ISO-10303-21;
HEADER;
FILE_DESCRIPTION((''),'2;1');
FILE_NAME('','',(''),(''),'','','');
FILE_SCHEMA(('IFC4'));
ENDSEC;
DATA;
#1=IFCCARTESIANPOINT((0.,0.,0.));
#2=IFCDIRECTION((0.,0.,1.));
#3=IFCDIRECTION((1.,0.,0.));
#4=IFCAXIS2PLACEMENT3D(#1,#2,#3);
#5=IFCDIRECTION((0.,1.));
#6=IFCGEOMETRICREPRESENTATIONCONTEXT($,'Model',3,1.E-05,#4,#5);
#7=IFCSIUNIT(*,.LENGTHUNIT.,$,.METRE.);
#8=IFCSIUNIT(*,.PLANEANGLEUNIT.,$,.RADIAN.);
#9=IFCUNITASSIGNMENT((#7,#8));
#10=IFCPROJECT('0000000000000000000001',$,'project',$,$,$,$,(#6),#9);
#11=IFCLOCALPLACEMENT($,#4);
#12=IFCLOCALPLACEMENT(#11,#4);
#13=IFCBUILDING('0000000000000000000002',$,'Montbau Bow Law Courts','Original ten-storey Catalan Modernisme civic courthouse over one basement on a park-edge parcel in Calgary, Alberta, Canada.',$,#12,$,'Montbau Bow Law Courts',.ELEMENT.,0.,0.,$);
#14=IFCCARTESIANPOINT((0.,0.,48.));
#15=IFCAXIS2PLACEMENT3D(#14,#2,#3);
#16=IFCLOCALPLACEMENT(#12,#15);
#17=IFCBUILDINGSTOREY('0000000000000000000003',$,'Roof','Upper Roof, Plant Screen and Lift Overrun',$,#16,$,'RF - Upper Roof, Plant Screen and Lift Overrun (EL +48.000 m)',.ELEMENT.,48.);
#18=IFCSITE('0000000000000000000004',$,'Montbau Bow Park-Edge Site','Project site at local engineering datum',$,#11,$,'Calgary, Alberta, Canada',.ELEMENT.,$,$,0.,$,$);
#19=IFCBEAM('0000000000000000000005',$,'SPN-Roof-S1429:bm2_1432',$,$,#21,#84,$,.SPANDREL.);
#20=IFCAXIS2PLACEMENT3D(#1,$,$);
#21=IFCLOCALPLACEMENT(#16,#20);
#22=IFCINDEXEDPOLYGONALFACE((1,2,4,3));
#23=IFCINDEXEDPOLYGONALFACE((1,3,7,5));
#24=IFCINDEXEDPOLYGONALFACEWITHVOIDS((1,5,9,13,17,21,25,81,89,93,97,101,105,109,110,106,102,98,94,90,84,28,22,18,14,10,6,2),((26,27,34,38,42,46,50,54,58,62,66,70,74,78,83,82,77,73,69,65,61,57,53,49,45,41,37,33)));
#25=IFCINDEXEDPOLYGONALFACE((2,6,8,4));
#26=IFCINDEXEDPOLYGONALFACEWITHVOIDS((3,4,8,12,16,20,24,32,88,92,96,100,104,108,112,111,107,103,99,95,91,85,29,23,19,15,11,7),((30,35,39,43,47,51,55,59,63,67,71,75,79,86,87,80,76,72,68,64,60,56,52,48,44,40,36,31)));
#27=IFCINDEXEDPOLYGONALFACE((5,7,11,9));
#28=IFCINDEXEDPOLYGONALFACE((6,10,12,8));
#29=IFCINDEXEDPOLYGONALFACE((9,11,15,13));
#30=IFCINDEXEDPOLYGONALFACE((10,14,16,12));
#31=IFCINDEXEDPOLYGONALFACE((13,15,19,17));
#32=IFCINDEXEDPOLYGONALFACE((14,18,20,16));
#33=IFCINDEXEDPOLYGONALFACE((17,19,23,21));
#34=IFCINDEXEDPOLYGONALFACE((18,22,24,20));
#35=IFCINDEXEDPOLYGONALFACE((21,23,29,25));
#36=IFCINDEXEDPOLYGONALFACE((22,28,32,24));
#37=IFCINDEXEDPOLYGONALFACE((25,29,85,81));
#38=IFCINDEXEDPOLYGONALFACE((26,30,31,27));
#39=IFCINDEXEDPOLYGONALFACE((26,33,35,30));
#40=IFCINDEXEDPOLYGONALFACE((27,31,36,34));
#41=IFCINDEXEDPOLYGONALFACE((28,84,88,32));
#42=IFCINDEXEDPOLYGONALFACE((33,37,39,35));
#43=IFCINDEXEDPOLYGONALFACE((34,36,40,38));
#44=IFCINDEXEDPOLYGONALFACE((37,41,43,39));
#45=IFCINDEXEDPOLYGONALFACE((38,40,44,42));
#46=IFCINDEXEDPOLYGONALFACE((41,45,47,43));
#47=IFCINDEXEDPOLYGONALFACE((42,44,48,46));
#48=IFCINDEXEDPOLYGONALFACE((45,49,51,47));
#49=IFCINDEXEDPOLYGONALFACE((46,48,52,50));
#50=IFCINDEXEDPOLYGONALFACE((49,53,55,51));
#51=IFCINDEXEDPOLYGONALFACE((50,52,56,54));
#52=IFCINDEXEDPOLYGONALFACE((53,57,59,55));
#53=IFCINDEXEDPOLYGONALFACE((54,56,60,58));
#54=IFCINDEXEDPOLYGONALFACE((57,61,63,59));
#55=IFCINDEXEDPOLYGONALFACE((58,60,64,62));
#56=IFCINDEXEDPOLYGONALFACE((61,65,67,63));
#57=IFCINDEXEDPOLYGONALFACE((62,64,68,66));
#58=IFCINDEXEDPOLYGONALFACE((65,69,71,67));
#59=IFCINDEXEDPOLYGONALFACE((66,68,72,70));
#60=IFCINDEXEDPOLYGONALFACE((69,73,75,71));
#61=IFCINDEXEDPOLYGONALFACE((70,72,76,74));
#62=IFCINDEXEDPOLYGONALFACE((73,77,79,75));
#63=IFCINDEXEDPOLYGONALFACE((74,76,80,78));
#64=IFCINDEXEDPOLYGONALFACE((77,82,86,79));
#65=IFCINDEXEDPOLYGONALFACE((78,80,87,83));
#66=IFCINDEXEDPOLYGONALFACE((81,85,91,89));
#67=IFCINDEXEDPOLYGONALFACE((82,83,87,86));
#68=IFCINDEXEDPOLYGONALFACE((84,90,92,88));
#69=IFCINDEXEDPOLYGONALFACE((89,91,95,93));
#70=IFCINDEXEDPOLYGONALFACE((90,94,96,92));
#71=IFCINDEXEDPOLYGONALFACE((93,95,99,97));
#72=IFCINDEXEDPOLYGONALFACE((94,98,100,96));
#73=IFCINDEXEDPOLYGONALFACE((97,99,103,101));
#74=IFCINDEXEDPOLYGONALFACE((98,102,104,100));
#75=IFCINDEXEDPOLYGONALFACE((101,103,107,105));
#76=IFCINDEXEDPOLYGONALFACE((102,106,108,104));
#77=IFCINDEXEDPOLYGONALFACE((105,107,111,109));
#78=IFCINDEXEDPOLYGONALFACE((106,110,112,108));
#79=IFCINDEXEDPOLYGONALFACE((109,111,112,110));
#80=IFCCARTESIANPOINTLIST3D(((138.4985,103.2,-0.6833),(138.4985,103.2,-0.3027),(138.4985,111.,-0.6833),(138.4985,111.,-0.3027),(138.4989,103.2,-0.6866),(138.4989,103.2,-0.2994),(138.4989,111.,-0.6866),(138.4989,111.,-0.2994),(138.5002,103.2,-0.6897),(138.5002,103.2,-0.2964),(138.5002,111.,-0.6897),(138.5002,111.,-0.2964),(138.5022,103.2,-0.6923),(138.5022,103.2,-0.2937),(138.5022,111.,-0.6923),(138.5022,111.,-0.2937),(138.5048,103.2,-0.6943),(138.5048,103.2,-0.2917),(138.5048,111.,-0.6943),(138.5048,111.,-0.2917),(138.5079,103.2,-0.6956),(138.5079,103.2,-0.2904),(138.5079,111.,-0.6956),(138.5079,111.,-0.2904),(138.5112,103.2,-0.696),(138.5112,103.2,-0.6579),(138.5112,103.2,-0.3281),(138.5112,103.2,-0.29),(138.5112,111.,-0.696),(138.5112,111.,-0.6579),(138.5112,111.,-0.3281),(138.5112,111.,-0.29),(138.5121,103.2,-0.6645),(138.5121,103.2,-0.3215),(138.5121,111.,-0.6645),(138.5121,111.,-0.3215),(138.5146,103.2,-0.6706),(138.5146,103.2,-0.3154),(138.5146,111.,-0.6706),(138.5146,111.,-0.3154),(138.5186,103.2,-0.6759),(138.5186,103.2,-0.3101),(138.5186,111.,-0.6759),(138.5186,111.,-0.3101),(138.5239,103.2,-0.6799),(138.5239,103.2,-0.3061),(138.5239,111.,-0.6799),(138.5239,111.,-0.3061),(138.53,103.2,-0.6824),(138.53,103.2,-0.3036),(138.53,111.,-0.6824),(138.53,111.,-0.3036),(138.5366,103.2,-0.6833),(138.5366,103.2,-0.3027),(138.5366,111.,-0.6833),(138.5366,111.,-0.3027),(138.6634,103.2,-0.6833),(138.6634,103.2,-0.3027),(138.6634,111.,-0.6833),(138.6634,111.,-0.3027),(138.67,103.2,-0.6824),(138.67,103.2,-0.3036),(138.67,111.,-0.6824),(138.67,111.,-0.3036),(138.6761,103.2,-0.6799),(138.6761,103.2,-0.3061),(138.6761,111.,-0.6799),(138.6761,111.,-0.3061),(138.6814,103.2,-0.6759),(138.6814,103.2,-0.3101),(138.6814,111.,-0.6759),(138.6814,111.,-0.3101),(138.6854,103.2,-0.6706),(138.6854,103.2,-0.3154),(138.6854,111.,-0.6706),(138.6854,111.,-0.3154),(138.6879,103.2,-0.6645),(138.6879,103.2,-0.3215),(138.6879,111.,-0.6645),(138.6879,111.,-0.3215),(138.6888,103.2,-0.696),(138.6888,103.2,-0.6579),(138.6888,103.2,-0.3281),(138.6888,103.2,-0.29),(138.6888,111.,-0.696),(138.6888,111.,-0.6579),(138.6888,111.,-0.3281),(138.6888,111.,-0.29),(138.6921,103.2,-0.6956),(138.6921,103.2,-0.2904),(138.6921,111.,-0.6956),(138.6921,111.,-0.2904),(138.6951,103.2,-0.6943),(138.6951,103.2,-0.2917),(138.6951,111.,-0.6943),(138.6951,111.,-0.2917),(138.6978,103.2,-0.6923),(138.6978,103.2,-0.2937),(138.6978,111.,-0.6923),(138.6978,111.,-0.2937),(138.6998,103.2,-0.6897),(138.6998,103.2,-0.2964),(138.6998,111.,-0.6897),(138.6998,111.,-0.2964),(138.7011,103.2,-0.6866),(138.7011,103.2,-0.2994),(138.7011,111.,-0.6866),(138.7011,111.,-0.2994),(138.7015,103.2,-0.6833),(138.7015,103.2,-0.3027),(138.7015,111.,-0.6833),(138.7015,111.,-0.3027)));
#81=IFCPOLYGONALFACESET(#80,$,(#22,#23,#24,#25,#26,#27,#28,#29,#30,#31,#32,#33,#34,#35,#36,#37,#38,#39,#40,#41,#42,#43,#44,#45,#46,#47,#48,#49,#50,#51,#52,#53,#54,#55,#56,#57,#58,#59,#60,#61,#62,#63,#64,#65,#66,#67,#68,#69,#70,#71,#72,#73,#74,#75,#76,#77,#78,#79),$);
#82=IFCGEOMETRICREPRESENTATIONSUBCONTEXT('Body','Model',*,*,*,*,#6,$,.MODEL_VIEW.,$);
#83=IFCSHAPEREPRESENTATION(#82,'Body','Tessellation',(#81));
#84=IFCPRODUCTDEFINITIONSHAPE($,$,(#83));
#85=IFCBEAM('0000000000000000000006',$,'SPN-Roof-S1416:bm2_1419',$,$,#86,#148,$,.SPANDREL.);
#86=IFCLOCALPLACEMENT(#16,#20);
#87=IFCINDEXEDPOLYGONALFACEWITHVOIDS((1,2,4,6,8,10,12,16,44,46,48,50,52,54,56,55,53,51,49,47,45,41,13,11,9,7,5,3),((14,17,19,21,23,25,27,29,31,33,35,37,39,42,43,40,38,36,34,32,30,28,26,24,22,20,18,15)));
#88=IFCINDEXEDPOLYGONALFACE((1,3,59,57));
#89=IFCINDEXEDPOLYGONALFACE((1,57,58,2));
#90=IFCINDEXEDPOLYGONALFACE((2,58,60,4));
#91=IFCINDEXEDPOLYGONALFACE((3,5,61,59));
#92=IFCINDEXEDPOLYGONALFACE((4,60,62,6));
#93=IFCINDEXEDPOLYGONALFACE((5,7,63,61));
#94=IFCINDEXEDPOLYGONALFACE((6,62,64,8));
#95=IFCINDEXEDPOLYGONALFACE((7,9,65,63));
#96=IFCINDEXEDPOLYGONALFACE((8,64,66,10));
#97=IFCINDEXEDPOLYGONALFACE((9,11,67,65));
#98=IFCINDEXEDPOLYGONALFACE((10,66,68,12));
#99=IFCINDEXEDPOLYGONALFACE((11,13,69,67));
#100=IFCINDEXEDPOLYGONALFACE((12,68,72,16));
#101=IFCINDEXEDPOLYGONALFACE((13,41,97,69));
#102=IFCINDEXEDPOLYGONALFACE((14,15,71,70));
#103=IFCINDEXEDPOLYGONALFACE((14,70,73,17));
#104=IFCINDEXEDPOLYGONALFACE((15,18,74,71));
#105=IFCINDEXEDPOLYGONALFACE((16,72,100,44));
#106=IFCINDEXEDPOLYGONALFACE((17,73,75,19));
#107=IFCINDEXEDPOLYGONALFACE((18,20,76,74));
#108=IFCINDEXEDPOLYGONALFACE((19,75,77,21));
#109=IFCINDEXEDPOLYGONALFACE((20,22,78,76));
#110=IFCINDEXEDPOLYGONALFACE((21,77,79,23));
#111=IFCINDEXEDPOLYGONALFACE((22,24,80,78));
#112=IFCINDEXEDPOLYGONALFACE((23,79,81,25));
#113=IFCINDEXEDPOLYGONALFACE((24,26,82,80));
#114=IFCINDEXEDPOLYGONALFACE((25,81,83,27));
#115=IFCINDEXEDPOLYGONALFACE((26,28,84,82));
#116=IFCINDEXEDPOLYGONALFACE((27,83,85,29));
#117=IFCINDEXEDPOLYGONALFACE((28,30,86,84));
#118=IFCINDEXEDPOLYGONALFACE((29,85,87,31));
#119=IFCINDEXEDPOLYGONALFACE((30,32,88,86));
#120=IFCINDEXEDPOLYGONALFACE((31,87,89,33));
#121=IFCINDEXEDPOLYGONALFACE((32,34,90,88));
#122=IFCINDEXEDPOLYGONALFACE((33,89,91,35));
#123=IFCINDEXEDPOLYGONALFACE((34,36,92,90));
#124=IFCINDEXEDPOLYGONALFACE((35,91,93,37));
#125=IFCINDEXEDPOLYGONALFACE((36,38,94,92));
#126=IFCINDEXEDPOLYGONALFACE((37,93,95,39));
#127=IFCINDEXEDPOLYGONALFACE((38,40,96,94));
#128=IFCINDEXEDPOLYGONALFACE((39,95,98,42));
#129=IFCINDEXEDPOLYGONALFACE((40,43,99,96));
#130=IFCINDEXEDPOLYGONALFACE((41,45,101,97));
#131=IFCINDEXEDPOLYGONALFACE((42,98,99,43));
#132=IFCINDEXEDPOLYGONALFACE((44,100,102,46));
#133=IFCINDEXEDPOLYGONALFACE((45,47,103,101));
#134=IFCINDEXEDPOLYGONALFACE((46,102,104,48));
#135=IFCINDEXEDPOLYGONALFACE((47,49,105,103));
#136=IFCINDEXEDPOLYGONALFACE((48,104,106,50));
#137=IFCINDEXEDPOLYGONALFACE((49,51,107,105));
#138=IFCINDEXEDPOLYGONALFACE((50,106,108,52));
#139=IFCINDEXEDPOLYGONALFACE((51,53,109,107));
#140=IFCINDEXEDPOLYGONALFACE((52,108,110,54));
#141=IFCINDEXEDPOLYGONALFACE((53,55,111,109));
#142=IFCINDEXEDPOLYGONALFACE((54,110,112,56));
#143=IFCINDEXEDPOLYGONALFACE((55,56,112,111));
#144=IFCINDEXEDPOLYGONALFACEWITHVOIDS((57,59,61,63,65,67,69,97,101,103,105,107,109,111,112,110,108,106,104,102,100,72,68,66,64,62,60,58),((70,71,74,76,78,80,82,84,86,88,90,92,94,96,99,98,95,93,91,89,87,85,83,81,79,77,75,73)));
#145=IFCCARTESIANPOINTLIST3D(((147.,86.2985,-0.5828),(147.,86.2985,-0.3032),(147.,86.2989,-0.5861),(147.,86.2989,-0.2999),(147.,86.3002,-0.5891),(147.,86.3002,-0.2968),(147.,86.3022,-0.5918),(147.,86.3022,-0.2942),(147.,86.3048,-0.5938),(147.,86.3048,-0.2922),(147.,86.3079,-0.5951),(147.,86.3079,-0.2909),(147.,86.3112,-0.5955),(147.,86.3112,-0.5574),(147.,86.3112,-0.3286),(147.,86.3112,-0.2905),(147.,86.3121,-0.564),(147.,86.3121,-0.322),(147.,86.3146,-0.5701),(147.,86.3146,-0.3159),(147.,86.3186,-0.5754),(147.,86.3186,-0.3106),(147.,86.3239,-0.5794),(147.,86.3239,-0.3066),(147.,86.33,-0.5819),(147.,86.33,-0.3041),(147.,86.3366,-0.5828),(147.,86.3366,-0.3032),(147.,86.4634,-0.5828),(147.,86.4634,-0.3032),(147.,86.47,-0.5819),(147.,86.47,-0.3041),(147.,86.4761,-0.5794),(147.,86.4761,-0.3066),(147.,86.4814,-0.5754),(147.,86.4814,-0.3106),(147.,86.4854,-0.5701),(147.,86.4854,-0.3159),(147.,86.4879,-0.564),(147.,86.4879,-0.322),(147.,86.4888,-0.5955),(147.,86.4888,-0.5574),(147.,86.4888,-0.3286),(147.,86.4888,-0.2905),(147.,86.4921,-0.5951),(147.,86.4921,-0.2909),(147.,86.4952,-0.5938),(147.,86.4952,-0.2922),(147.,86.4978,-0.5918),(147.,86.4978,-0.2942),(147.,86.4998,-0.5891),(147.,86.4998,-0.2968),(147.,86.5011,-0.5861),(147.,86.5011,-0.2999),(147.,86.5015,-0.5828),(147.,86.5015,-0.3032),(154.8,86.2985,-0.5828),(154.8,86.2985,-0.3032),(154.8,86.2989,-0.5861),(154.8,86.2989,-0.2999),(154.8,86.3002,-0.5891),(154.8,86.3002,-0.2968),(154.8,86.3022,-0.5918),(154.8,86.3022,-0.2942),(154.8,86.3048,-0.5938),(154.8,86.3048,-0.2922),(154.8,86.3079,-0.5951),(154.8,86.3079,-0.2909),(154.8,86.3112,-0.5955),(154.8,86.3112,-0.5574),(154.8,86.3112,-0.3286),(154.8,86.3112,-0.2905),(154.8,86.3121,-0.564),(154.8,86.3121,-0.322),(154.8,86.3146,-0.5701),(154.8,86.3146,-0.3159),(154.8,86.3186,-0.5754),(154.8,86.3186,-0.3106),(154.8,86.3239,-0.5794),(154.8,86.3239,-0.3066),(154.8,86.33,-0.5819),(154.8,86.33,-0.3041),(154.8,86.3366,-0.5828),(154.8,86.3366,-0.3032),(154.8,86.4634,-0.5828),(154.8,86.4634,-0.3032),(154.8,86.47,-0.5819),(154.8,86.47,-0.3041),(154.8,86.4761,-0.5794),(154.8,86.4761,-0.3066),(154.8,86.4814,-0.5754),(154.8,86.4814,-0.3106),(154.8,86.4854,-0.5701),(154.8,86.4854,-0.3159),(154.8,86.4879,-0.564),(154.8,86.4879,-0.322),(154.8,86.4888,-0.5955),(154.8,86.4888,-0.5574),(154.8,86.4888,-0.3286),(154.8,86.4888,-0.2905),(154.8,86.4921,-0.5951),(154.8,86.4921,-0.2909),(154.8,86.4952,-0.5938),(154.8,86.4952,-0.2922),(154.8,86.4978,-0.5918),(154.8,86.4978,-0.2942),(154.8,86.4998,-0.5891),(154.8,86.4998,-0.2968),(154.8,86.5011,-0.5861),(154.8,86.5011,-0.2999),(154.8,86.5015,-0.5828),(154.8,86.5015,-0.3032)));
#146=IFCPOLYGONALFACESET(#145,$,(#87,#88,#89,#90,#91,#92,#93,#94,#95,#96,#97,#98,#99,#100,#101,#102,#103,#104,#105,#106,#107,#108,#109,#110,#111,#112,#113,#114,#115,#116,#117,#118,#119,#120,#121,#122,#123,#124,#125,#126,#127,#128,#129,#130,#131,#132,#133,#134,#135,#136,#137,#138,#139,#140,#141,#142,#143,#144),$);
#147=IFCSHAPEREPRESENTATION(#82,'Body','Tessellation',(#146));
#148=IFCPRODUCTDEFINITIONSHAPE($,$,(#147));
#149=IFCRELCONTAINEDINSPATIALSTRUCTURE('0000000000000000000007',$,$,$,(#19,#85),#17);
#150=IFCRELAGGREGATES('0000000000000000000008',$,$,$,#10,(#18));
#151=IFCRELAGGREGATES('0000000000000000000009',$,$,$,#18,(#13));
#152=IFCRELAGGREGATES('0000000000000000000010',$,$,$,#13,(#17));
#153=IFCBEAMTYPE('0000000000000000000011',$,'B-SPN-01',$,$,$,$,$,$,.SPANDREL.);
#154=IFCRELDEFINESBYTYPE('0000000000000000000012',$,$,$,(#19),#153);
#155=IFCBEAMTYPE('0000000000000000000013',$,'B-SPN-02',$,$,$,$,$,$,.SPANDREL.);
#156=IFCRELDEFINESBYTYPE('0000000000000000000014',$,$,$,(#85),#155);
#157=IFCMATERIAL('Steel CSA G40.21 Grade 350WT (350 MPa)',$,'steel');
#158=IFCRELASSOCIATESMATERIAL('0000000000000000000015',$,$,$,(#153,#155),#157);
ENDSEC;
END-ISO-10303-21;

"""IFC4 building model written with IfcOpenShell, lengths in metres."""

from ifc_helpers import new_model, si_unit, direction, frame, origin_with_axes, origin_2d_with_axis, place, context, subcontext, project, spatial, hollow_rectangle, extrude, material, material_profile, profile_set, type_object, element, save


model = new_model("IFC4")

# Units and contexts
model_context = context("Model", 3, precision=1e-05, world=origin_with_axes(), true_north=direction((0.0, 1.0)))
body_context = subcontext(model_context, "Body", "Model", "MODEL_VIEW")
ifc_project = project(units=[si_unit("LENGTHUNIT", "METRE"), si_unit("PLANEANGLEUNIT", "RADIAN")], contexts=[model_context])

# Site, building, storey
site_placement = place(None, origin_with_axes())
site = spatial("IfcSite", under=ifc_project, at=site_placement, Name="Montbau Bow Park-Edge Site", Description="Project site at local engineering datum", LongName="Calgary, Alberta, Canada", CompositionType="ELEMENT", RefElevation=0.0)
building_placement = place(site_placement, origin_with_axes())
building = spatial("IfcBuilding", under=site, at=building_placement, Name="Montbau Bow Law Courts", Description="Original ten-storey Catalan Modernisme civic courthouse over one basement on a park-edge parcel in Calgary, Alberta, Canada.", LongName="Montbau Bow Law Courts", CompositionType="ELEMENT", ElevationOfRefHeight=0.0, ElevationOfTerrain=0.0)
storey_placement = place(building_placement, frame((0.0, 0.0, 48.0), z_axis=(0.0, 0.0, 1.0), x_axis=(1.0, 0.0, 0.0)))
storey = spatial("IfcBuildingStorey", under=building, at=storey_placement, Name="Roof", Description="Upper Roof, Plant Screen and Lift Overrun", LongName="RF - Upper Roof, Plant Screen and Lift Overrun (EL +48.000 m)", CompositionType="ELEMENT", Elevation=48.0)

# Beams
ifc_material_1 = material(Name="Steel CSA G40.21 Grade 350WT (350 MPa)", Category="steel")
ifc_material_profile_1 = material_profile(ifc_material_1, hollow_rectangle(XDim=0.203, YDim=0.406, WallThickness=0.0127, InnerFilletRadius=0.0254, OuterFilletRadius=0.0127, at=origin_2d_with_axis()), Name="HSS406X203X13", Category="Main", Priority=0)
ifc_profile_set_1 = profile_set([ifc_material_profile_1], Name="Steel CSA G40.21 Grade 350WT (350 MPa)")
beam_type_1 = type_object("IfcBeamType", Name="B-SPN-01", PredefinedType="SPANDREL", material=ifc_profile_set_1)
beam_1_placement = place(None, frame((138.6, 103.2, 47.507), z_axis=(0.0, 1.0, 0.0), x_axis=(-1.0, 0.0, 0.0)))
element("IfcBeam", 1, at=beam_1_placement, inside=storey, type_object=beam_type_1, Name="SPN-Roof-S1429:bm2_1432", PredefinedType="SPANDREL", context=body_context, shape_type="SweptSolid", body=[
    extrude(hollow_rectangle(XDim=0.203, YDim=0.406, WallThickness=0.0127, InnerFilletRadius=0.0254, OuterFilletRadius=0.0127, at=origin_2d_with_axis()), origin_with_axes(), (0.0, 0.0, 1.0), 7.8),
])
ifc_material_profile_2 = material_profile(ifc_material_1, hollow_rectangle(XDim=0.203, YDim=0.305, WallThickness=0.0127, InnerFilletRadius=0.0254, OuterFilletRadius=0.0127, at=origin_2d_with_axis()), Name="HSS305X203X13", Category="Main", Priority=0)
ifc_profile_set_2 = profile_set([ifc_material_profile_2], Name="Steel CSA G40.21 Grade 350WT (350 MPa)")
beam_type_2 = type_object("IfcBeamType", Name="B-SPN-02", PredefinedType="SPANDREL", material=ifc_profile_set_2)
beam_2_placement = place(None, frame((147.0, 86.4, 47.557), z_axis=(1.0, 0.0, 0.0), x_axis=(0.0, 1.0, 0.0)))
element("IfcBeam", 2, at=beam_2_placement, inside=storey, type_object=beam_type_2, Name="SPN-Roof-S1416:bm2_1419", PredefinedType="SPANDREL", context=body_context, shape_type="SweptSolid", body=[
    extrude(hollow_rectangle(XDim=0.203, YDim=0.305, WallThickness=0.0127, InnerFilletRadius=0.0254, OuterFilletRadius=0.0127, at=origin_2d_with_axis()), origin_with_axes(), (0.0, 0.0, 1.0), 7.8),
])

save(model, "model.ifc")
